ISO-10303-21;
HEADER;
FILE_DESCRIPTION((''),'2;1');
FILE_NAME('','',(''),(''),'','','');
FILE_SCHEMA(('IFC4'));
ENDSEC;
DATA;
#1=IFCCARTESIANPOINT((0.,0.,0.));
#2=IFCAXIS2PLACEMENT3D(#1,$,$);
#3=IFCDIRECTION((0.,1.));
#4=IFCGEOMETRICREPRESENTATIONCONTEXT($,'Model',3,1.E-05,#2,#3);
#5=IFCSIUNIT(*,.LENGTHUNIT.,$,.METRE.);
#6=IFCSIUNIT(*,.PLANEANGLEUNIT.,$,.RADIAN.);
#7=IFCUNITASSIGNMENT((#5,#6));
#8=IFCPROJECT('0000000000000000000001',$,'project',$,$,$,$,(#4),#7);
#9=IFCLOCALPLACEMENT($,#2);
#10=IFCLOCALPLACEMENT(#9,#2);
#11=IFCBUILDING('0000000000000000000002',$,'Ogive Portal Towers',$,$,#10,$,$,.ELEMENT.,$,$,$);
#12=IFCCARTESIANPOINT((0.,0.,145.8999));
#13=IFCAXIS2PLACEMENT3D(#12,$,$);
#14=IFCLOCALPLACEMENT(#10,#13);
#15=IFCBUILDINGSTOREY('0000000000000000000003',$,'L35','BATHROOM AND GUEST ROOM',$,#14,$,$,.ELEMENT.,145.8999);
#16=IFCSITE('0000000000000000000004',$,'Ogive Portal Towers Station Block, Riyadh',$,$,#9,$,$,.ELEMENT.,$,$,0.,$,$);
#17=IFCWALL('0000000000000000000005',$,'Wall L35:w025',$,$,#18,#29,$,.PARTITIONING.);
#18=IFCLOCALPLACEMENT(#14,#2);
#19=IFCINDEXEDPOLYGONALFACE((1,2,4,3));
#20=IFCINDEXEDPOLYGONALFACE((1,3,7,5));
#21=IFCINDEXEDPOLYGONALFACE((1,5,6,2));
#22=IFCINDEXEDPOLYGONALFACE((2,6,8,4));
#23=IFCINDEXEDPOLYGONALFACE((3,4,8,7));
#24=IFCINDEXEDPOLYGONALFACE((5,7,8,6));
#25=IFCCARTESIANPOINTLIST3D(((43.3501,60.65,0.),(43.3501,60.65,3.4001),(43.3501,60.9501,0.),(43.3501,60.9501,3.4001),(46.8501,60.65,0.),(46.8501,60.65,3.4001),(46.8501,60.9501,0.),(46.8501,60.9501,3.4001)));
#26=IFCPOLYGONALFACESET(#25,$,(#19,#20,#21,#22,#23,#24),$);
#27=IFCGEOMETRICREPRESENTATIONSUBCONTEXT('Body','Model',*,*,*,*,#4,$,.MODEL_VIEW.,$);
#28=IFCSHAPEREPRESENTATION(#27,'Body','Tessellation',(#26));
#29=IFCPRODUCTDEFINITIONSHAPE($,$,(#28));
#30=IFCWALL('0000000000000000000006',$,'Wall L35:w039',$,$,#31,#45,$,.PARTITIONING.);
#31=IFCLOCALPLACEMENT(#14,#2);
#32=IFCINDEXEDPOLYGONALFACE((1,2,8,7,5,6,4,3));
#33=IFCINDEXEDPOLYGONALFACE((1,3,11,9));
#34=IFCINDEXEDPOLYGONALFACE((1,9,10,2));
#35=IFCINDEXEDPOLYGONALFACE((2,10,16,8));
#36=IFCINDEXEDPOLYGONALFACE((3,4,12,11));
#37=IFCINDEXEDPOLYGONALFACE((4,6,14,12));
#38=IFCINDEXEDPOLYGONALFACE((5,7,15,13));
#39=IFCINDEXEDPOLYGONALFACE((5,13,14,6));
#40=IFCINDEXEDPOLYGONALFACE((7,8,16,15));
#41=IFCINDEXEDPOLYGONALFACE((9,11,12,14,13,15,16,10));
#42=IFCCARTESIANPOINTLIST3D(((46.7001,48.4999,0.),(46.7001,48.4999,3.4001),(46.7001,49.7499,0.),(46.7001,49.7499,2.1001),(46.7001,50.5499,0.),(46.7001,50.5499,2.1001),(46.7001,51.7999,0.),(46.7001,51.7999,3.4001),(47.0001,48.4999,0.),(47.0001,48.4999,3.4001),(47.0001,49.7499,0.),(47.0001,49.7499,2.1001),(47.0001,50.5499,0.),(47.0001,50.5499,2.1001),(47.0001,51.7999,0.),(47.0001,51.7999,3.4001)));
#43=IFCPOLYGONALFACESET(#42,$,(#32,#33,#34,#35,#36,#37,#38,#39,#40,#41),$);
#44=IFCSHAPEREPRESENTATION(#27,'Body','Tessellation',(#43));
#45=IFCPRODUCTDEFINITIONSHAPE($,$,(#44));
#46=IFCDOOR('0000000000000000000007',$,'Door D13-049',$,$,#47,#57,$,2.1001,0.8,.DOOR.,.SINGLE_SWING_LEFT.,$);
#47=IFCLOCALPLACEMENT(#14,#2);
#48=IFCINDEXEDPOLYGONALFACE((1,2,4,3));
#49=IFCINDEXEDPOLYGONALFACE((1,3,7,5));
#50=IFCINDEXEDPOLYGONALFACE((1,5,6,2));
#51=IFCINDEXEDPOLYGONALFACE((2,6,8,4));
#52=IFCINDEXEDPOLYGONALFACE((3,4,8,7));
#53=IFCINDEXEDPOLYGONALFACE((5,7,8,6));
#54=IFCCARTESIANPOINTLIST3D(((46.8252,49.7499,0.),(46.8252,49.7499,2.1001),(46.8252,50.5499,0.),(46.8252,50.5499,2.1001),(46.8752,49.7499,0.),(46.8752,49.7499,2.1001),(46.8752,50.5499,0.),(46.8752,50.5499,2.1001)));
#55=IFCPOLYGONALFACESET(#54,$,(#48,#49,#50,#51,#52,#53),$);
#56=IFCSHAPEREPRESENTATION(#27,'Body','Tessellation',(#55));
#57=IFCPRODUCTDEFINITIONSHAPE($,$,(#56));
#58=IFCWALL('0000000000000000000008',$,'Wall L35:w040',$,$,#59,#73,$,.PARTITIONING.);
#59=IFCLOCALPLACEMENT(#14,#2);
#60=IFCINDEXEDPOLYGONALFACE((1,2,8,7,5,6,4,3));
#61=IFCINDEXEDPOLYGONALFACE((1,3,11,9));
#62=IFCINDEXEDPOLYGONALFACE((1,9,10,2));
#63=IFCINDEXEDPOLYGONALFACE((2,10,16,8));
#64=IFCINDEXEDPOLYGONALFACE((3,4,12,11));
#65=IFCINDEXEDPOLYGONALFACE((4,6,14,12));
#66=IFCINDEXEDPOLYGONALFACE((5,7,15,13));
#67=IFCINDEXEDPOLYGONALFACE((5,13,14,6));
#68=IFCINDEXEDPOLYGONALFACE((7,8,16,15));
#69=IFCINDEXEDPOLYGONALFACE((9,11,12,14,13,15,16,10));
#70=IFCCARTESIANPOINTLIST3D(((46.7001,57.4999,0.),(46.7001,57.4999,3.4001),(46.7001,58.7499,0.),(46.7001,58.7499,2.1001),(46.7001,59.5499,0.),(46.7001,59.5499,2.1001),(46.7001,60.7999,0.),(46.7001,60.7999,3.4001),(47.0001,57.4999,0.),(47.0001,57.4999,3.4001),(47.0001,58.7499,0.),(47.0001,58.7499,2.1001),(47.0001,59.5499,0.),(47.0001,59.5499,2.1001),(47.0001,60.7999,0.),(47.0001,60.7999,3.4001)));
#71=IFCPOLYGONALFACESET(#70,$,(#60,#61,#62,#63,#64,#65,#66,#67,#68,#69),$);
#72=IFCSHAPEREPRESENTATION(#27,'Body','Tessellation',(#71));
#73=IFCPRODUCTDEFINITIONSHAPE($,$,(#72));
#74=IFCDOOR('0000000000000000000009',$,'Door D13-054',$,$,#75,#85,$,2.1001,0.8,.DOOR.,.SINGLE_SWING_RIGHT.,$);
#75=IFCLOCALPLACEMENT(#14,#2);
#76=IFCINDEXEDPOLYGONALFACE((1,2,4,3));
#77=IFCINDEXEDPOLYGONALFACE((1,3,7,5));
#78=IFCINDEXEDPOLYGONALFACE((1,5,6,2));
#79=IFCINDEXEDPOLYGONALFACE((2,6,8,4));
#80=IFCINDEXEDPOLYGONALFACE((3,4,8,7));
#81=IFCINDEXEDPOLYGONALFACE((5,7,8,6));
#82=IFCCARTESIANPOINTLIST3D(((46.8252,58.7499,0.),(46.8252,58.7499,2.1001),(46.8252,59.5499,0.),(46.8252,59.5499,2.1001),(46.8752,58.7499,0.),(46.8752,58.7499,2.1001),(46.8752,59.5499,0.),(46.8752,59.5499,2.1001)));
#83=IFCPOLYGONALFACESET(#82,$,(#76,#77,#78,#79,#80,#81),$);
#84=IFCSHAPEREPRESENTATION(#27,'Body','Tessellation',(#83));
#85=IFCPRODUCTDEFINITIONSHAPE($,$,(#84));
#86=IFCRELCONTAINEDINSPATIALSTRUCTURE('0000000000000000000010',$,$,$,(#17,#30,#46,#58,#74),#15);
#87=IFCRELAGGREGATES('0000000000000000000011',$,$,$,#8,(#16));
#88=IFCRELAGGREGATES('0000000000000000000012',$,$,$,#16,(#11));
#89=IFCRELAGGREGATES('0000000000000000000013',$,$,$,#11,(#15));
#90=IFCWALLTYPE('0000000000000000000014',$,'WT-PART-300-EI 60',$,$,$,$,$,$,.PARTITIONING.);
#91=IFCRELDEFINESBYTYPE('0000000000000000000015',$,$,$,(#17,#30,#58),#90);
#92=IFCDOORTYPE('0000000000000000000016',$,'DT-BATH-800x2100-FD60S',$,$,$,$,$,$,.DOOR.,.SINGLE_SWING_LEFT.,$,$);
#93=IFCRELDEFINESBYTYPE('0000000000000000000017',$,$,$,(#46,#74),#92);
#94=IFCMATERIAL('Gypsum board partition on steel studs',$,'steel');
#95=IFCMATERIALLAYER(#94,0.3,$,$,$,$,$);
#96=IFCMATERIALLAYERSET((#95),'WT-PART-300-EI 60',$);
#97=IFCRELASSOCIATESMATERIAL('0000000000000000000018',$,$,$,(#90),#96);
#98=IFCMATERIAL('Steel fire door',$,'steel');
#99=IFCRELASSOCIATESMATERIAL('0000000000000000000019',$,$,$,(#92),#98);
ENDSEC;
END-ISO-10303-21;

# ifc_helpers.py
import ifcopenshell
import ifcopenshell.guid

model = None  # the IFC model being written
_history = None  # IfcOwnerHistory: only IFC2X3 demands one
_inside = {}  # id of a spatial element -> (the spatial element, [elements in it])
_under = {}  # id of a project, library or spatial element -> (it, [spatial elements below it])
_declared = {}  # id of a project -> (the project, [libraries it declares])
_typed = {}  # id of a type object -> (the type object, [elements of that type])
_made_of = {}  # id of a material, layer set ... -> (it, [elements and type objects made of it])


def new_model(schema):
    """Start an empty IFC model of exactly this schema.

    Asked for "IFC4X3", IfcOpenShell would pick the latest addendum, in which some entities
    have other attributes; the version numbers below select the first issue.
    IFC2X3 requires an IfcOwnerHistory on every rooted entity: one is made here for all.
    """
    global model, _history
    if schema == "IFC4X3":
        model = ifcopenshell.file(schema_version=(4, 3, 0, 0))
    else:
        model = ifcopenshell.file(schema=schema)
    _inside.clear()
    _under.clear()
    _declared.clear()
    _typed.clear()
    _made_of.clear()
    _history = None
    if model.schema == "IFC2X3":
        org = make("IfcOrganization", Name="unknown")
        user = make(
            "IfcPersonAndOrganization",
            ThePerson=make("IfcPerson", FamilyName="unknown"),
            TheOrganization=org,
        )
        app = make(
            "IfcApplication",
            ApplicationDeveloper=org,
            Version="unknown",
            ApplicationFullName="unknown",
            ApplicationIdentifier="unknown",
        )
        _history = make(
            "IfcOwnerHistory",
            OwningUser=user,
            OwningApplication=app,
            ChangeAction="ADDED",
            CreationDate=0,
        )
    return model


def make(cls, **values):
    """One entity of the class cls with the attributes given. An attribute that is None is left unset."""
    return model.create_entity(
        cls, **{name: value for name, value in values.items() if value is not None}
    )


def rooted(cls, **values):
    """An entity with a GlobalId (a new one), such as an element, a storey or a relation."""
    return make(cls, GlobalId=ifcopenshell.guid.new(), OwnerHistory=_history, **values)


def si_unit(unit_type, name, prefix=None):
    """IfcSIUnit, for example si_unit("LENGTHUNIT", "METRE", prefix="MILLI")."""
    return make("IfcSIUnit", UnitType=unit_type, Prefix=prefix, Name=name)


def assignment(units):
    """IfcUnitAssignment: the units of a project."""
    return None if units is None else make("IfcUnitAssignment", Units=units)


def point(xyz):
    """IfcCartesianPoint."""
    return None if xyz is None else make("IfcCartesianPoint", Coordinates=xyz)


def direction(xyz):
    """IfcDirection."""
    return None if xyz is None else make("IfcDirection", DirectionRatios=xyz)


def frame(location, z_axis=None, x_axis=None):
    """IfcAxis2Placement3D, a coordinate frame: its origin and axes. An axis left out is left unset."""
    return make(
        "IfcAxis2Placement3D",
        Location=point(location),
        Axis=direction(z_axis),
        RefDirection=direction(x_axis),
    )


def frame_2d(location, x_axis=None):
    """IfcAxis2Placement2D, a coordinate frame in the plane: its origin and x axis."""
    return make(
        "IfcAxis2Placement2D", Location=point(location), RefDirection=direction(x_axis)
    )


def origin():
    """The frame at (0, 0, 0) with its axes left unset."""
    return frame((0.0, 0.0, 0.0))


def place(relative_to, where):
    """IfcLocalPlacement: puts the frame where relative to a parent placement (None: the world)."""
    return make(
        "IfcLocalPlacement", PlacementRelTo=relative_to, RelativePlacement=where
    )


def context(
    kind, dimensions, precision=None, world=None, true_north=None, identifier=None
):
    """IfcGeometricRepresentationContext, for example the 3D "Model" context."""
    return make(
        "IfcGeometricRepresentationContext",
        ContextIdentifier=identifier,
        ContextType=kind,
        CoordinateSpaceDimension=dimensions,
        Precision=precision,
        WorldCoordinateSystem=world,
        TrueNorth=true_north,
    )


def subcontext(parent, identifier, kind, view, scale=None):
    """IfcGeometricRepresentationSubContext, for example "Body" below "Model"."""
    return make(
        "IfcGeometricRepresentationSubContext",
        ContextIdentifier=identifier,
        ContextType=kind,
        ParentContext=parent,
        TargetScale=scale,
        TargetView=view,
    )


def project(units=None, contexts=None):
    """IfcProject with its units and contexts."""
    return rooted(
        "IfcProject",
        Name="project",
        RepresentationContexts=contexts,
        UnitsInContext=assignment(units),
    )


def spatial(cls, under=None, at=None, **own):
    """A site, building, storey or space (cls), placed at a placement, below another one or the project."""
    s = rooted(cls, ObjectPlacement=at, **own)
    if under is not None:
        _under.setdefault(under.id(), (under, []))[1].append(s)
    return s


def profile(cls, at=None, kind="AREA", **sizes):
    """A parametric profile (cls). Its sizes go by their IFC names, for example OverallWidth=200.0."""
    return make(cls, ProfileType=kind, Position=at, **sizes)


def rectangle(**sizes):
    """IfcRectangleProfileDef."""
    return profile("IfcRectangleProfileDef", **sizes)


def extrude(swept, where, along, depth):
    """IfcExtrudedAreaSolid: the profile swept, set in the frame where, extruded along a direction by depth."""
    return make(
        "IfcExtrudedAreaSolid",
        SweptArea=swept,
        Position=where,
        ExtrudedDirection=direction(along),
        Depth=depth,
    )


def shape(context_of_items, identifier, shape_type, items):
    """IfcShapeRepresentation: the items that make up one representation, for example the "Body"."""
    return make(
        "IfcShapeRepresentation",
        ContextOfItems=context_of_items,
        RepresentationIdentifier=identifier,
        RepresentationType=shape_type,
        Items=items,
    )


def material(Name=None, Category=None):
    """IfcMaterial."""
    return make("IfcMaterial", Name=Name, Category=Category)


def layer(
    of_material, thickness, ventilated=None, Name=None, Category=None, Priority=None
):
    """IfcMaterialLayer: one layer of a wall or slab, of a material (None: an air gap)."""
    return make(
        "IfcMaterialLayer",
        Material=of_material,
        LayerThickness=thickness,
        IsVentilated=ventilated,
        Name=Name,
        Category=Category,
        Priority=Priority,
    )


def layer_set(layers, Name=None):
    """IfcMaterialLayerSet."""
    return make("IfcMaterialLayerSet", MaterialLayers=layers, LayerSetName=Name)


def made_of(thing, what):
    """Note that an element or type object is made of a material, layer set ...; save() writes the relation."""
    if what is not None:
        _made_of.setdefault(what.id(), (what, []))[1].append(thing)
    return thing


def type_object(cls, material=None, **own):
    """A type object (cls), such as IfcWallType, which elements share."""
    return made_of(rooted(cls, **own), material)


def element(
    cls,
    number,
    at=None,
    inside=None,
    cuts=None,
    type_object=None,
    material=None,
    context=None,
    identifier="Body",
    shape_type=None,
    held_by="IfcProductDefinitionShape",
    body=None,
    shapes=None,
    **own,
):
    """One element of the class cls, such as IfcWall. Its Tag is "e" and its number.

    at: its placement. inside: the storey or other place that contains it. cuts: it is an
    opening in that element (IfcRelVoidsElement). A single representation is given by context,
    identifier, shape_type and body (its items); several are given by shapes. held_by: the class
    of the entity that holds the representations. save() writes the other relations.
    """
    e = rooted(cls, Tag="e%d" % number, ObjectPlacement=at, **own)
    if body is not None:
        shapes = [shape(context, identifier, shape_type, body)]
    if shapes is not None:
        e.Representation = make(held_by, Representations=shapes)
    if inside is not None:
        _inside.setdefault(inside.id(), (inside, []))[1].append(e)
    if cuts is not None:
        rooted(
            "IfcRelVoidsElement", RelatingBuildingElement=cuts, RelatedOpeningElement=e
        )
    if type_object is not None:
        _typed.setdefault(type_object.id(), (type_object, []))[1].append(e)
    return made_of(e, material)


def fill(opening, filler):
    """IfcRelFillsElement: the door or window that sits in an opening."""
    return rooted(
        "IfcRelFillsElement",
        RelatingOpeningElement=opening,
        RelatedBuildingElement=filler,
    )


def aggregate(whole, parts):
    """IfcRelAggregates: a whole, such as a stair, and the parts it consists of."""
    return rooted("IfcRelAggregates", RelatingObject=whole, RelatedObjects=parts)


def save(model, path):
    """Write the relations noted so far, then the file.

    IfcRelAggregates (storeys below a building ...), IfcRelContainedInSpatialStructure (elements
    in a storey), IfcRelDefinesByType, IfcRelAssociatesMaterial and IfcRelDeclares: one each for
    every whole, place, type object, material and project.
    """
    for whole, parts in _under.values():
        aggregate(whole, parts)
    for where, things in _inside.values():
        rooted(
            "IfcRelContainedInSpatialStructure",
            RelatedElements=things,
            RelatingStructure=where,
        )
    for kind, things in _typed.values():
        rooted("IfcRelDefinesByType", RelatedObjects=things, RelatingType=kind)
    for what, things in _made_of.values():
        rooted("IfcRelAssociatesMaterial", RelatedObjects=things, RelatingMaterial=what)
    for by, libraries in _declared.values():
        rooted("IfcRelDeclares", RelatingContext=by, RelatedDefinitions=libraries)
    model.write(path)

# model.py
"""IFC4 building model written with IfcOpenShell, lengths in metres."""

from ifc_helpers import new_model, si_unit, direction, frame, frame_2d, origin, place, context, subcontext, project, spatial, rectangle, extrude, material, layer, layer_set, type_object, element, fill, save


model = new_model("IFC4")

# Units and contexts
model_context = context("Model", 3, precision=1e-05, world=origin(), true_north=direction((0.0, 1.0)))
body_context = subcontext(model_context, "Body", "Model", "MODEL_VIEW")
ifc_project = project(units=[si_unit("LENGTHUNIT", "METRE"), si_unit("PLANEANGLEUNIT", "RADIAN")], contexts=[model_context])

# Site, building, storey
site_placement = place(None, origin())
site = spatial("IfcSite", under=ifc_project, at=site_placement, Name="Ogive Portal Towers Station Block, Riyadh", CompositionType="ELEMENT", RefElevation=0.0)
building_placement = place(site_placement, origin())
building = spatial("IfcBuilding", under=site, at=building_placement, Name="Ogive Portal Towers", CompositionType="ELEMENT")
storey_placement = place(building_placement, frame((0.0, 0.0, 145.8999)))
storey = spatial("IfcBuildingStorey", under=building, at=storey_placement, Name="L35", Description="BATHROOM AND GUEST ROOM", CompositionType="ELEMENT", Elevation=145.8999)

# Shared definitions
ifc_material_1 = material(Name="Steel fire door", Category="steel")

# Wall
ifc_material_2 = material(Name="Gypsum board partition on steel studs", Category="steel")
ifc_layer_1 = layer(ifc_material_2, 0.3)
ifc_layer_set_1 = layer_set([ifc_layer_1], Name="WT-PART-300-EI 60")
wall_type_1 = type_object("IfcWallType", Name="WT-PART-300-EI 60", PredefinedType="PARTITIONING", material=ifc_layer_set_1)
wall_1_placement = place(storey_placement, frame((43.3501, 60.8, 0.0), z_axis=(0.0, 0.0, 1.0), x_axis=(1.0, 0.0, 0.0)))
element("IfcWall", 1, at=wall_1_placement, inside=storey, type_object=wall_type_1, Name="Wall L35:w025", PredefinedType="PARTITIONING", context=body_context, shape_type="SweptSolid", body=[
    extrude(rectangle(XDim=3.5, YDim=0.3, at=frame_2d((1.75, 0.0))), origin(), (0.0, 0.0, 1.0), 3.4001),
])

# Walls, openings, doors
wall_2_placement = place(storey_placement, frame((46.8501, 48.5, 0.0), z_axis=(0.0, 0.0, 1.0), x_axis=(0.0, 1.0, 0.0)))
wall_2 = element("IfcWall", 2, at=wall_2_placement, inside=storey, type_object=wall_type_1, Name="Wall L35:w039", PredefinedType="PARTITIONING", context=body_context, shape_type="SweptSolid", body=[
    extrude(rectangle(XDim=3.3, YDim=0.3, at=frame_2d((1.6499, 0.0))), origin(), (0.0, 0.0, 1.0), 3.4001),
])
opening_1_placement = place(wall_2_placement, frame((1.25, 0.0, 0.0)))
opening_1 = element("IfcOpeningElement", 3, at=opening_1_placement, cuts=wall_2, PredefinedType="OPENING", context=body_context, shape_type="SweptSolid", body=[
    extrude(rectangle(XDim=0.8, YDim=2.1001, at=frame_2d((0.3999, 1.05))), frame((0.0, 0.1602, 0.0), z_axis=(0.0, -1.0, 0.0), x_axis=(1.0, 0.0, 0.0)), (0.0, 0.0, 1.0), 0.3201),
])
door_type_1 = type_object("IfcDoorType", Name="DT-BATH-800x2100-FD60S", OperationType="SINGLE_SWING_LEFT", PredefinedType="DOOR", material=ifc_material_1)
door_1_placement = place(opening_1_placement, origin())
door_1 = element("IfcDoor", 4, at=door_1_placement, inside=storey, type_object=door_type_1, Name="Door D13-049", OperationType="SINGLE_SWING_LEFT", OverallHeight=2.1001, OverallWidth=0.8, PredefinedType="DOOR", context=body_context, shape_type="SweptSolid", body=[
    extrude(rectangle(XDim=0.8, YDim=2.1001, at=frame_2d((0.3999, 1.05))), frame((0.0, 0.0249, 0.0), z_axis=(0.0, -1.0, 0.0), x_axis=(1.0, 0.0, 0.0)), (0.0, 0.0, 1.0), 0.05),
])
fill(opening_1, door_1)
wall_3_placement = place(storey_placement, frame((46.8501, 57.5, 0.0), z_axis=(0.0, 0.0, 1.0), x_axis=(0.0, 1.0, 0.0)))
wall_3 = element("IfcWall", 5, at=wall_3_placement, inside=storey, type_object=wall_type_1, Name="Wall L35:w040", PredefinedType="PARTITIONING", context=body_context, shape_type="SweptSolid", body=[
    extrude(rectangle(XDim=3.3, YDim=0.3, at=frame_2d((1.6499, 0.0))), origin(), (0.0, 0.0, 1.0), 3.4001),
])
opening_2_placement = place(wall_3_placement, frame((1.25, 0.0, 0.0)))
opening_2 = element("IfcOpeningElement", 6, at=opening_2_placement, cuts=wall_3, PredefinedType="OPENING", context=body_context, shape_type="SweptSolid", body=[
    extrude(rectangle(XDim=0.8, YDim=2.1001, at=frame_2d((0.3999, 1.05))), frame((0.0, 0.1602, 0.0), z_axis=(0.0, -1.0, 0.0), x_axis=(1.0, 0.0, 0.0)), (0.0, 0.0, 1.0), 0.3201),
])
door_2_placement = place(opening_2_placement, origin())
door_2 = element("IfcDoor", 7, at=door_2_placement, inside=storey, type_object=door_type_1, Name="Door D13-054", OperationType="SINGLE_SWING_RIGHT", OverallHeight=2.1001, OverallWidth=0.8, PredefinedType="DOOR", context=body_context, shape_type="SweptSolid", body=[
    extrude(rectangle(XDim=0.8, YDim=2.1001, at=frame_2d((0.3999, 1.05))), frame((0.0, 0.0249, 0.0), z_axis=(0.0, -1.0, 0.0), x_axis=(1.0, 0.0, 0.0)), (0.0, 0.0, 1.0), 0.05),
])
fill(opening_2, door_2)

save(model, "model.ifc")
